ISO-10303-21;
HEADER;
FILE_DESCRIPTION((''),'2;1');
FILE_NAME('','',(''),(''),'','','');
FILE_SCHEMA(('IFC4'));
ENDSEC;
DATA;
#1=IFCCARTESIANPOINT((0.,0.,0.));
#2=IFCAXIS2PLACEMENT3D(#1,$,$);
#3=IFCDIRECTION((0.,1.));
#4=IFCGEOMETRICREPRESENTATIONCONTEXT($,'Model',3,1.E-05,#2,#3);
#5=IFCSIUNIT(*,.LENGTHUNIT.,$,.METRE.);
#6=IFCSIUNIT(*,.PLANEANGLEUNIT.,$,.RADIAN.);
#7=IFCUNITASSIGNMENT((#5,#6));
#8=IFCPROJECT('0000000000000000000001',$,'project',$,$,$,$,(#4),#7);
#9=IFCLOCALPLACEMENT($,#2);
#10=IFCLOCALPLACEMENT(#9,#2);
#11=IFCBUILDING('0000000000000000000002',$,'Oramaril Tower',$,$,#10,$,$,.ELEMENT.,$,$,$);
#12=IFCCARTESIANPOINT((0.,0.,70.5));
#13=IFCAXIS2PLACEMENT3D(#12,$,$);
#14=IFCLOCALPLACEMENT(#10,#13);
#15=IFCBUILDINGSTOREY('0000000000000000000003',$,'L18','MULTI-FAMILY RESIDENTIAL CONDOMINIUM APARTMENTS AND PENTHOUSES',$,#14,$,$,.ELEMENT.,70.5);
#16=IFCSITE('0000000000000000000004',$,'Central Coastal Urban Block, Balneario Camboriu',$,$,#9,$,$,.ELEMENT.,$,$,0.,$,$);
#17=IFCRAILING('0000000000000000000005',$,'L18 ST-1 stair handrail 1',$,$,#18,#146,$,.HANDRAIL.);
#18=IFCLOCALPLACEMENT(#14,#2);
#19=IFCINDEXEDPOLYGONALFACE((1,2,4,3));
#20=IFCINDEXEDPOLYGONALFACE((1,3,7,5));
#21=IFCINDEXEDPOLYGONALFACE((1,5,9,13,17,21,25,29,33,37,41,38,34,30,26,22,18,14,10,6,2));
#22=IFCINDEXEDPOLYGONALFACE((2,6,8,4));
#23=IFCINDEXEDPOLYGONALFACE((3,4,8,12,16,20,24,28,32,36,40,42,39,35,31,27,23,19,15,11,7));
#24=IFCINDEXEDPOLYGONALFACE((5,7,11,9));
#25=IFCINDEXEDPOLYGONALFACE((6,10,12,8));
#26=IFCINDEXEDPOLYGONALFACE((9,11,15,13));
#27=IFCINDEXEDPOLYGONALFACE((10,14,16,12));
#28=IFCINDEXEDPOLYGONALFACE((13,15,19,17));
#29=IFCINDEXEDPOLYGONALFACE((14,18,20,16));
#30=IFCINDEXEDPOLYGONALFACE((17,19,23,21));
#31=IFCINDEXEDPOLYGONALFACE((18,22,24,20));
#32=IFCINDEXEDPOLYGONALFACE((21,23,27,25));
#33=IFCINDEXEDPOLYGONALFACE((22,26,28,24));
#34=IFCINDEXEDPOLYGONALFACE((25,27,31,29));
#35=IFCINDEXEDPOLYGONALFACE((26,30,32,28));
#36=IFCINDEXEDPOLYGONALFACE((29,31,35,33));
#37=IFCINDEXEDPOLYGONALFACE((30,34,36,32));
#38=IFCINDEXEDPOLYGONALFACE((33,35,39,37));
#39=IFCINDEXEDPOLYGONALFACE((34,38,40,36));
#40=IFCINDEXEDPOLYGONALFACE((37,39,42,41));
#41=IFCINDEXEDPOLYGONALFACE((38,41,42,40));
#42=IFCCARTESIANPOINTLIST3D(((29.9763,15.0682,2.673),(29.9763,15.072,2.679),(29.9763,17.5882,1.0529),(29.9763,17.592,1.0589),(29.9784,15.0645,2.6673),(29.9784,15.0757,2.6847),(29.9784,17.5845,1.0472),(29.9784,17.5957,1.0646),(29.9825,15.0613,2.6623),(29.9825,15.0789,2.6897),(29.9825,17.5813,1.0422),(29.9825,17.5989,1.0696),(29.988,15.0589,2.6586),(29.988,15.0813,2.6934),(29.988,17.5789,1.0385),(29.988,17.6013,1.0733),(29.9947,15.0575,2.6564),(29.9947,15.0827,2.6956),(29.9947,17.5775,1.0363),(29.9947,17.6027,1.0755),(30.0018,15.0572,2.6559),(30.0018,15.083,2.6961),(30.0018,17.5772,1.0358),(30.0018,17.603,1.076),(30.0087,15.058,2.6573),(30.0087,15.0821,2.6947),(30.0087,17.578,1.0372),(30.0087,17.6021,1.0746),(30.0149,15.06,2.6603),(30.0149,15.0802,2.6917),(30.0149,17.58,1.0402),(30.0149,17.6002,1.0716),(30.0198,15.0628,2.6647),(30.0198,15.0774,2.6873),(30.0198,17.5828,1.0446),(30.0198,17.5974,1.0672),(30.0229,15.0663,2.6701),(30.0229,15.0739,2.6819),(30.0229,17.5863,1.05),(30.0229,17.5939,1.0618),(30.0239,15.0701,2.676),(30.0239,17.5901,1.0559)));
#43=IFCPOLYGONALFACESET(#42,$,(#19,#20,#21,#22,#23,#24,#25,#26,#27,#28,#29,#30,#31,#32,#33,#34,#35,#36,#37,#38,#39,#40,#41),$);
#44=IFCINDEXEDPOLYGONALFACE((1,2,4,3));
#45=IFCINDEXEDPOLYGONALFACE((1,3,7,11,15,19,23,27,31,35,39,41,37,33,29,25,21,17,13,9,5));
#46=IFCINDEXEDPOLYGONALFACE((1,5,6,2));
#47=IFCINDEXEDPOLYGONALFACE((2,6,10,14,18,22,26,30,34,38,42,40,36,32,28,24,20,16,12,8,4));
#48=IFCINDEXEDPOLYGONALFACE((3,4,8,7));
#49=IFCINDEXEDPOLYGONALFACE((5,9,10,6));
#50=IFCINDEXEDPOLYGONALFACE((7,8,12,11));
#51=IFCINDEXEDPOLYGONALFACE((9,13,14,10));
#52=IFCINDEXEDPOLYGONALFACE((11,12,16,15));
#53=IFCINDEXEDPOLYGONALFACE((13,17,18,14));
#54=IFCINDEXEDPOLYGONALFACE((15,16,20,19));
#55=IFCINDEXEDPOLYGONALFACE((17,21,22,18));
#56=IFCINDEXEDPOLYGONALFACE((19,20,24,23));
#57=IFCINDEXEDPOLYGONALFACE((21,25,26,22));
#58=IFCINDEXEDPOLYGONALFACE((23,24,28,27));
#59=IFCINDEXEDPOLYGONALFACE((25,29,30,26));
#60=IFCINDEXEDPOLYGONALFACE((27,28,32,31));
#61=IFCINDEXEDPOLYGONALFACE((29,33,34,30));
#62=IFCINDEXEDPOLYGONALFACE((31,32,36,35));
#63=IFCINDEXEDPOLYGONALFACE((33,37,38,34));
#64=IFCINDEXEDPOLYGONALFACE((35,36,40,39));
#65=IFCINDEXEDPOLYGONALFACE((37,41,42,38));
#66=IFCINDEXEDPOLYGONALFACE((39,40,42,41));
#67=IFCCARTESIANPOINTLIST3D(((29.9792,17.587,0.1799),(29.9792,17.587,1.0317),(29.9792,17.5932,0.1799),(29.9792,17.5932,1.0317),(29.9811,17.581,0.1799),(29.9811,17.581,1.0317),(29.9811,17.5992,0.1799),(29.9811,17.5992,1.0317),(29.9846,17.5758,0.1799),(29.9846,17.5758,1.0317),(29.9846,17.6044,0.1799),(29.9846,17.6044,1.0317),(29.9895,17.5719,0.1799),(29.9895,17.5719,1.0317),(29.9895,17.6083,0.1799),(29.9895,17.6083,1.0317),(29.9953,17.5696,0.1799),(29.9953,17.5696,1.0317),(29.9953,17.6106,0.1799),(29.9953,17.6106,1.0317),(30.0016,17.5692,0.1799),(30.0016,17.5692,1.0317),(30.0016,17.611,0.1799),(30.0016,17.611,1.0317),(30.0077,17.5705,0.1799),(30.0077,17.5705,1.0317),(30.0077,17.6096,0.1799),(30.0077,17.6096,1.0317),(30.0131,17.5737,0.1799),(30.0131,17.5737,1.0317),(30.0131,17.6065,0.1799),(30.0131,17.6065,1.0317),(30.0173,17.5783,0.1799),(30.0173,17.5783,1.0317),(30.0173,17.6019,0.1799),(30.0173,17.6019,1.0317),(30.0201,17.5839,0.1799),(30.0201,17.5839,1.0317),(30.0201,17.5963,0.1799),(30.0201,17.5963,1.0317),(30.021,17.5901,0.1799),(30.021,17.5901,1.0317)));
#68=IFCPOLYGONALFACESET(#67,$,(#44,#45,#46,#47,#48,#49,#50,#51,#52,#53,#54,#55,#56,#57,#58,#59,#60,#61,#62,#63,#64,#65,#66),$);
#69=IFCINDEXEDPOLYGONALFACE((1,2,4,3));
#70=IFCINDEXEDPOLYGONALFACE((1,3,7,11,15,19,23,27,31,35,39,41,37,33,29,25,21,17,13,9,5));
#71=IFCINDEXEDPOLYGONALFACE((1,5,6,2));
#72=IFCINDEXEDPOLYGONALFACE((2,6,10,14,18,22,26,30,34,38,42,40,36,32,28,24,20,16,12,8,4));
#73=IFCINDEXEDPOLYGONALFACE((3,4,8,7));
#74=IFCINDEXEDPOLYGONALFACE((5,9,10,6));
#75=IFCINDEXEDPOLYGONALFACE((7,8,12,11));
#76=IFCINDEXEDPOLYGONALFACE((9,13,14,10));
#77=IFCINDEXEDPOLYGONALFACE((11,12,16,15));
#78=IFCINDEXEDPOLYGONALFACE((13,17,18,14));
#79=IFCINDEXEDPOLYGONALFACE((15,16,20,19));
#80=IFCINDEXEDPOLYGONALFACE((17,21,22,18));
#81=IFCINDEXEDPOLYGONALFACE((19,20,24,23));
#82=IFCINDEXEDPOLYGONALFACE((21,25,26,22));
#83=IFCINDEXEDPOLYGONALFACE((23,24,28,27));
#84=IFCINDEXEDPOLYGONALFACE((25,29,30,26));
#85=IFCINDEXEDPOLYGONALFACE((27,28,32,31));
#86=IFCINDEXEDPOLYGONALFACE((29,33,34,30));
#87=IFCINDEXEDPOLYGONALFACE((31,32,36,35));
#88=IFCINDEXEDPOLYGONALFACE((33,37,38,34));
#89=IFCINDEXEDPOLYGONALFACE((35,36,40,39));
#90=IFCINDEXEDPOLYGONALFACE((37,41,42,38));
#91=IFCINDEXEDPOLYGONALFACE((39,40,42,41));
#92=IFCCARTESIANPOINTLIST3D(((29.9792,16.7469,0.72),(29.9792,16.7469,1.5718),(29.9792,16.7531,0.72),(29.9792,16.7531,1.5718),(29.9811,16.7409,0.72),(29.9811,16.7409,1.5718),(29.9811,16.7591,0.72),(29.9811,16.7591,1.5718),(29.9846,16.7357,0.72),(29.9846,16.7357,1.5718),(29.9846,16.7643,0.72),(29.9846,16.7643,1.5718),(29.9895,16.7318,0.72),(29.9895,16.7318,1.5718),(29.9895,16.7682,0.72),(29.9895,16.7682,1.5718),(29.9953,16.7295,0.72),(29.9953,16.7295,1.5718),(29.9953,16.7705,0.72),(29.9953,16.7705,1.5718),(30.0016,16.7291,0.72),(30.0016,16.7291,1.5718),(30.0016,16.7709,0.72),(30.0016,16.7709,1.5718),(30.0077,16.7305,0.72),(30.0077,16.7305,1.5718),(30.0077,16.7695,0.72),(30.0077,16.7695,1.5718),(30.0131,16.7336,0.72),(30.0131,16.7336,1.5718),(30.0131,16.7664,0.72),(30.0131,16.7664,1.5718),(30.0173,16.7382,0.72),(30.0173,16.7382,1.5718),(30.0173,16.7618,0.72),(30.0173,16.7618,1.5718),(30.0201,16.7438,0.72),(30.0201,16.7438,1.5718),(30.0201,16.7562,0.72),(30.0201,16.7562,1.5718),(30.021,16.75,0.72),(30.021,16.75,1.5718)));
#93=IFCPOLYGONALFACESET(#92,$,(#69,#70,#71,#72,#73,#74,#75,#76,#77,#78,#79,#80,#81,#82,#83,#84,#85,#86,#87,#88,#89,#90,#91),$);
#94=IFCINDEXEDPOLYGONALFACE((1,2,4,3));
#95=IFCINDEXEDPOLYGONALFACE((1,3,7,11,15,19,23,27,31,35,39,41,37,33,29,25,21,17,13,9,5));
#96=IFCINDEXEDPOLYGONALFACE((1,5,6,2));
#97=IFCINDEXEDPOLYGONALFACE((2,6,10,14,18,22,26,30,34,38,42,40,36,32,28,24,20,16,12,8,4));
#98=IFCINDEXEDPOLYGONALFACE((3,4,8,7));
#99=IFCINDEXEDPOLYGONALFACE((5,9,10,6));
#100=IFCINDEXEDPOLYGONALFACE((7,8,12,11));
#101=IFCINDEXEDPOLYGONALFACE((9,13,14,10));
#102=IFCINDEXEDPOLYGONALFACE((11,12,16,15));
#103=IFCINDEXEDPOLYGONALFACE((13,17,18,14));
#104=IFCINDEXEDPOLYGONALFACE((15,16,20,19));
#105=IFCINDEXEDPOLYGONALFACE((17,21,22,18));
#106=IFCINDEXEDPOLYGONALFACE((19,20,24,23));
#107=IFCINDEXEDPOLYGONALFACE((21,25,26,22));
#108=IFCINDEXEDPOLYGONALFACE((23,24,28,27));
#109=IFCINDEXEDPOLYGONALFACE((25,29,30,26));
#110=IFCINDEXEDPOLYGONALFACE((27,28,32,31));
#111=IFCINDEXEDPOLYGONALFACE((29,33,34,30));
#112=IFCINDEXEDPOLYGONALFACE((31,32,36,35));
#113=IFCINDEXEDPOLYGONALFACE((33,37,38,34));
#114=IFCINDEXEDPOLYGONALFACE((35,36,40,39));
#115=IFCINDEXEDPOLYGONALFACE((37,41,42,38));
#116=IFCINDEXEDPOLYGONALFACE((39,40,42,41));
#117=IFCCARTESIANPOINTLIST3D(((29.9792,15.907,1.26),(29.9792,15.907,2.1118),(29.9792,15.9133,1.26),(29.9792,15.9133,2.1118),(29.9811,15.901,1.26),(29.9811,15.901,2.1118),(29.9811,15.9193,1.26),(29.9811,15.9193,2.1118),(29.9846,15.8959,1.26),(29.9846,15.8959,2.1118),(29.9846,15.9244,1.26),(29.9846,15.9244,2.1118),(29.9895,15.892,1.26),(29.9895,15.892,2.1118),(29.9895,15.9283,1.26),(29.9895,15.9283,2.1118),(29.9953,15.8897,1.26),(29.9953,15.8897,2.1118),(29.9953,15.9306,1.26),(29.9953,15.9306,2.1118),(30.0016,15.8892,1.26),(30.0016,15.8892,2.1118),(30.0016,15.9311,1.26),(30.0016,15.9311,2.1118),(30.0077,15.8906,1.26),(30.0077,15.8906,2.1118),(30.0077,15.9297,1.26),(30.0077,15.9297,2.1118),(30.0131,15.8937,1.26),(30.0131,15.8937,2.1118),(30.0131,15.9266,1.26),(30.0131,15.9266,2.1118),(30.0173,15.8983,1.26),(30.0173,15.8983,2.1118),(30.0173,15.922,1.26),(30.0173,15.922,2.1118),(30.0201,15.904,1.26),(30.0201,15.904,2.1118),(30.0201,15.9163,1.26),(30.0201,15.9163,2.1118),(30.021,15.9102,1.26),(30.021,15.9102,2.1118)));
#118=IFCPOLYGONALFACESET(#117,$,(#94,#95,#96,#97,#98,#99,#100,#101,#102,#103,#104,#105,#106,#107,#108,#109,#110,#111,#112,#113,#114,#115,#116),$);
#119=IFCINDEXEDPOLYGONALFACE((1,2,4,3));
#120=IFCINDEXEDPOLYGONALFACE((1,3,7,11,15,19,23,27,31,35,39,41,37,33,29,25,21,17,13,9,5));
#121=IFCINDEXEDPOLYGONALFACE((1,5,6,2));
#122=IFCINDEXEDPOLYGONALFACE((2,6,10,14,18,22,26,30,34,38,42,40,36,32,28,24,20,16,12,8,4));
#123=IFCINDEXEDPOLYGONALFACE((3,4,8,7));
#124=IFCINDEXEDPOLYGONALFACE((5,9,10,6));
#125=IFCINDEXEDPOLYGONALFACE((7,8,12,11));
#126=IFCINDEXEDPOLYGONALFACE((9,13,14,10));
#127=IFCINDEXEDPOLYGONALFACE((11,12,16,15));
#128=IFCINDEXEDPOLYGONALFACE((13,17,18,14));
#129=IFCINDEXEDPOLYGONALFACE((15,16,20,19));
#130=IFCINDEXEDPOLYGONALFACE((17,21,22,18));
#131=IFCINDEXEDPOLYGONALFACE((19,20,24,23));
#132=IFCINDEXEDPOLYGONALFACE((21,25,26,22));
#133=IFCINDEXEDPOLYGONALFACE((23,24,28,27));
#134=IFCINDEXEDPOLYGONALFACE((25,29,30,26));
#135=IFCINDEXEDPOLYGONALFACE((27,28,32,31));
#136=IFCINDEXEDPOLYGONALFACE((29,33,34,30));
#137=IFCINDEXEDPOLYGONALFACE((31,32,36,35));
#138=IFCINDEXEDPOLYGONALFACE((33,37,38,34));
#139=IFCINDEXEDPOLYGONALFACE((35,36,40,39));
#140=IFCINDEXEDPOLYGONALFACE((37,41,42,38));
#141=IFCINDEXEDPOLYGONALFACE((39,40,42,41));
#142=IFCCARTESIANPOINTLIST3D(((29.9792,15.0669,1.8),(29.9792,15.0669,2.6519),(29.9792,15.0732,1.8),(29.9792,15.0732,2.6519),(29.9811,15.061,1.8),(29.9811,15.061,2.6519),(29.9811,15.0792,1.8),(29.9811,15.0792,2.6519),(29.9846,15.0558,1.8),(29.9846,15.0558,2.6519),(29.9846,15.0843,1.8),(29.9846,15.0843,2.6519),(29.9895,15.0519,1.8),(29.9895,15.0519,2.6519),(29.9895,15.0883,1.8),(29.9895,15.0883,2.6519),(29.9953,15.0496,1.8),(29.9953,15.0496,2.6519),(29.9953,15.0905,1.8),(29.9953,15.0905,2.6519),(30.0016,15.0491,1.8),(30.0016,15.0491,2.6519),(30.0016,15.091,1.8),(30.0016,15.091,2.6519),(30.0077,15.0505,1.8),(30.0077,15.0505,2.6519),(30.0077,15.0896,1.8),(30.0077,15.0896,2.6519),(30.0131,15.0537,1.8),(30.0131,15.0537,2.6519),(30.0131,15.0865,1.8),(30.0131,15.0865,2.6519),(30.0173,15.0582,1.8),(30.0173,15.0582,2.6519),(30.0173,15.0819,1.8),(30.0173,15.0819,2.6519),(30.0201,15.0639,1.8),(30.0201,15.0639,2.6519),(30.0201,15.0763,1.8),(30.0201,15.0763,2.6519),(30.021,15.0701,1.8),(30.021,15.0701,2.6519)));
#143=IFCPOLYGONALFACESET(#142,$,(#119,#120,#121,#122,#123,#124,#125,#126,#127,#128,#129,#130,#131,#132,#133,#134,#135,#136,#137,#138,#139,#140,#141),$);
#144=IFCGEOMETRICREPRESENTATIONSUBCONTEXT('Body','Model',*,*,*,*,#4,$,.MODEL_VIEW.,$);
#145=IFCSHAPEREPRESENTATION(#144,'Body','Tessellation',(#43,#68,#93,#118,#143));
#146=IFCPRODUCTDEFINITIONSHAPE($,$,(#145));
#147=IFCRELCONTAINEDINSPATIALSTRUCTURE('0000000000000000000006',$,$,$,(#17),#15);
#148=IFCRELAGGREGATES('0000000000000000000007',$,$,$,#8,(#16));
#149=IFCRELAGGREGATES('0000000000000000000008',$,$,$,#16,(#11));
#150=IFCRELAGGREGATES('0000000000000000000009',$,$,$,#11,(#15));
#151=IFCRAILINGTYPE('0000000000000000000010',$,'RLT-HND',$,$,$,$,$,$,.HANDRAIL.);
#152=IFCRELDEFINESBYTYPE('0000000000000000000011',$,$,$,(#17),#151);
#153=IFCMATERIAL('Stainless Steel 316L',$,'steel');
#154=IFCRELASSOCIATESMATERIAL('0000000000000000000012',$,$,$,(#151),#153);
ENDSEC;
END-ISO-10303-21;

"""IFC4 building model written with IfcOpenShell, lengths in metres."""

from ifc_helpers import new_model, si_unit, direction, frame, origin, origin_2d, place, context, subcontext, project, spatial, circle, extrude, material, type_object, element, save


model = new_model("IFC4")

# Units and contexts
model_context = context("Model", 3, precision=1e-05, world=origin(), true_north=direction((0.0, 1.0)))
body_context = subcontext(model_context, "Body", "Model", "MODEL_VIEW")
ifc_project = project(units=[si_unit("LENGTHUNIT", "METRE"), si_unit("PLANEANGLEUNIT", "RADIAN")], contexts=[model_context])

# Site, building, storey
site_placement = place(None, origin())
site = spatial("IfcSite", under=ifc_project, at=site_placement, Name="Central Coastal Urban Block, Balneario Camboriu", CompositionType="ELEMENT", RefElevation=0.0)
building_placement = place(site_placement, origin())
building = spatial("IfcBuilding", under=site, at=building_placement, Name="Oramaril Tower", CompositionType="ELEMENT")
storey_placement = place(building_placement, frame((0.0, 0.0, 70.5)))
storey = spatial("IfcBuildingStorey", under=building, at=storey_placement, Name="L18", Description="MULTI-FAMILY RESIDENTIAL CONDOMINIUM APARTMENTS AND PENTHOUSES", CompositionType="ELEMENT", Elevation=70.5)

# Railing
ifc_material_1 = material(Name="Stainless Steel 316L", Category="steel")
railing_type_1 = type_object("IfcRailingType", Name="RLT-HND", PredefinedType="HANDRAIL", material=ifc_material_1)
railing_1_placement = place(storey_placement, frame((30.0, 17.5901, 0.1799)))
element("IfcRailing", 1, at=railing_1_placement, inside=storey, type_object=railing_type_1, Name="L18 ST-1 stair handrail 1", PredefinedType="HANDRAIL", context=body_context, shape_type="SweptSolid", body=[
    extrude(circle(Radius=0.0239, at=origin_2d()), frame((0.0, 0.0, 0.876), z_axis=(0.0, -0.841163, 0.540782), x_axis=(1.0, 0.0, 0.0)), (0.0, 0.0, 1.0), 2.9958),
    extrude(circle(Radius=0.021, at=origin_2d()), origin(), (0.0, 0.0, 1.0), 0.8518),
    extrude(circle(Radius=0.021, at=origin_2d()), frame((0.0, -0.8401, 0.54)), (0.0, 0.0, 1.0), 0.8518),
    extrude(circle(Radius=0.021, at=origin_2d()), frame((0.0, -1.6799, 1.0801)), (0.0, 0.0, 1.0), 0.8518),
    extrude(circle(Radius=0.021, at=origin_2d()), frame((0.0, -2.52, 1.6201)), (0.0, 0.0, 1.0), 0.8518),
])

save(model, "model.ifc")
